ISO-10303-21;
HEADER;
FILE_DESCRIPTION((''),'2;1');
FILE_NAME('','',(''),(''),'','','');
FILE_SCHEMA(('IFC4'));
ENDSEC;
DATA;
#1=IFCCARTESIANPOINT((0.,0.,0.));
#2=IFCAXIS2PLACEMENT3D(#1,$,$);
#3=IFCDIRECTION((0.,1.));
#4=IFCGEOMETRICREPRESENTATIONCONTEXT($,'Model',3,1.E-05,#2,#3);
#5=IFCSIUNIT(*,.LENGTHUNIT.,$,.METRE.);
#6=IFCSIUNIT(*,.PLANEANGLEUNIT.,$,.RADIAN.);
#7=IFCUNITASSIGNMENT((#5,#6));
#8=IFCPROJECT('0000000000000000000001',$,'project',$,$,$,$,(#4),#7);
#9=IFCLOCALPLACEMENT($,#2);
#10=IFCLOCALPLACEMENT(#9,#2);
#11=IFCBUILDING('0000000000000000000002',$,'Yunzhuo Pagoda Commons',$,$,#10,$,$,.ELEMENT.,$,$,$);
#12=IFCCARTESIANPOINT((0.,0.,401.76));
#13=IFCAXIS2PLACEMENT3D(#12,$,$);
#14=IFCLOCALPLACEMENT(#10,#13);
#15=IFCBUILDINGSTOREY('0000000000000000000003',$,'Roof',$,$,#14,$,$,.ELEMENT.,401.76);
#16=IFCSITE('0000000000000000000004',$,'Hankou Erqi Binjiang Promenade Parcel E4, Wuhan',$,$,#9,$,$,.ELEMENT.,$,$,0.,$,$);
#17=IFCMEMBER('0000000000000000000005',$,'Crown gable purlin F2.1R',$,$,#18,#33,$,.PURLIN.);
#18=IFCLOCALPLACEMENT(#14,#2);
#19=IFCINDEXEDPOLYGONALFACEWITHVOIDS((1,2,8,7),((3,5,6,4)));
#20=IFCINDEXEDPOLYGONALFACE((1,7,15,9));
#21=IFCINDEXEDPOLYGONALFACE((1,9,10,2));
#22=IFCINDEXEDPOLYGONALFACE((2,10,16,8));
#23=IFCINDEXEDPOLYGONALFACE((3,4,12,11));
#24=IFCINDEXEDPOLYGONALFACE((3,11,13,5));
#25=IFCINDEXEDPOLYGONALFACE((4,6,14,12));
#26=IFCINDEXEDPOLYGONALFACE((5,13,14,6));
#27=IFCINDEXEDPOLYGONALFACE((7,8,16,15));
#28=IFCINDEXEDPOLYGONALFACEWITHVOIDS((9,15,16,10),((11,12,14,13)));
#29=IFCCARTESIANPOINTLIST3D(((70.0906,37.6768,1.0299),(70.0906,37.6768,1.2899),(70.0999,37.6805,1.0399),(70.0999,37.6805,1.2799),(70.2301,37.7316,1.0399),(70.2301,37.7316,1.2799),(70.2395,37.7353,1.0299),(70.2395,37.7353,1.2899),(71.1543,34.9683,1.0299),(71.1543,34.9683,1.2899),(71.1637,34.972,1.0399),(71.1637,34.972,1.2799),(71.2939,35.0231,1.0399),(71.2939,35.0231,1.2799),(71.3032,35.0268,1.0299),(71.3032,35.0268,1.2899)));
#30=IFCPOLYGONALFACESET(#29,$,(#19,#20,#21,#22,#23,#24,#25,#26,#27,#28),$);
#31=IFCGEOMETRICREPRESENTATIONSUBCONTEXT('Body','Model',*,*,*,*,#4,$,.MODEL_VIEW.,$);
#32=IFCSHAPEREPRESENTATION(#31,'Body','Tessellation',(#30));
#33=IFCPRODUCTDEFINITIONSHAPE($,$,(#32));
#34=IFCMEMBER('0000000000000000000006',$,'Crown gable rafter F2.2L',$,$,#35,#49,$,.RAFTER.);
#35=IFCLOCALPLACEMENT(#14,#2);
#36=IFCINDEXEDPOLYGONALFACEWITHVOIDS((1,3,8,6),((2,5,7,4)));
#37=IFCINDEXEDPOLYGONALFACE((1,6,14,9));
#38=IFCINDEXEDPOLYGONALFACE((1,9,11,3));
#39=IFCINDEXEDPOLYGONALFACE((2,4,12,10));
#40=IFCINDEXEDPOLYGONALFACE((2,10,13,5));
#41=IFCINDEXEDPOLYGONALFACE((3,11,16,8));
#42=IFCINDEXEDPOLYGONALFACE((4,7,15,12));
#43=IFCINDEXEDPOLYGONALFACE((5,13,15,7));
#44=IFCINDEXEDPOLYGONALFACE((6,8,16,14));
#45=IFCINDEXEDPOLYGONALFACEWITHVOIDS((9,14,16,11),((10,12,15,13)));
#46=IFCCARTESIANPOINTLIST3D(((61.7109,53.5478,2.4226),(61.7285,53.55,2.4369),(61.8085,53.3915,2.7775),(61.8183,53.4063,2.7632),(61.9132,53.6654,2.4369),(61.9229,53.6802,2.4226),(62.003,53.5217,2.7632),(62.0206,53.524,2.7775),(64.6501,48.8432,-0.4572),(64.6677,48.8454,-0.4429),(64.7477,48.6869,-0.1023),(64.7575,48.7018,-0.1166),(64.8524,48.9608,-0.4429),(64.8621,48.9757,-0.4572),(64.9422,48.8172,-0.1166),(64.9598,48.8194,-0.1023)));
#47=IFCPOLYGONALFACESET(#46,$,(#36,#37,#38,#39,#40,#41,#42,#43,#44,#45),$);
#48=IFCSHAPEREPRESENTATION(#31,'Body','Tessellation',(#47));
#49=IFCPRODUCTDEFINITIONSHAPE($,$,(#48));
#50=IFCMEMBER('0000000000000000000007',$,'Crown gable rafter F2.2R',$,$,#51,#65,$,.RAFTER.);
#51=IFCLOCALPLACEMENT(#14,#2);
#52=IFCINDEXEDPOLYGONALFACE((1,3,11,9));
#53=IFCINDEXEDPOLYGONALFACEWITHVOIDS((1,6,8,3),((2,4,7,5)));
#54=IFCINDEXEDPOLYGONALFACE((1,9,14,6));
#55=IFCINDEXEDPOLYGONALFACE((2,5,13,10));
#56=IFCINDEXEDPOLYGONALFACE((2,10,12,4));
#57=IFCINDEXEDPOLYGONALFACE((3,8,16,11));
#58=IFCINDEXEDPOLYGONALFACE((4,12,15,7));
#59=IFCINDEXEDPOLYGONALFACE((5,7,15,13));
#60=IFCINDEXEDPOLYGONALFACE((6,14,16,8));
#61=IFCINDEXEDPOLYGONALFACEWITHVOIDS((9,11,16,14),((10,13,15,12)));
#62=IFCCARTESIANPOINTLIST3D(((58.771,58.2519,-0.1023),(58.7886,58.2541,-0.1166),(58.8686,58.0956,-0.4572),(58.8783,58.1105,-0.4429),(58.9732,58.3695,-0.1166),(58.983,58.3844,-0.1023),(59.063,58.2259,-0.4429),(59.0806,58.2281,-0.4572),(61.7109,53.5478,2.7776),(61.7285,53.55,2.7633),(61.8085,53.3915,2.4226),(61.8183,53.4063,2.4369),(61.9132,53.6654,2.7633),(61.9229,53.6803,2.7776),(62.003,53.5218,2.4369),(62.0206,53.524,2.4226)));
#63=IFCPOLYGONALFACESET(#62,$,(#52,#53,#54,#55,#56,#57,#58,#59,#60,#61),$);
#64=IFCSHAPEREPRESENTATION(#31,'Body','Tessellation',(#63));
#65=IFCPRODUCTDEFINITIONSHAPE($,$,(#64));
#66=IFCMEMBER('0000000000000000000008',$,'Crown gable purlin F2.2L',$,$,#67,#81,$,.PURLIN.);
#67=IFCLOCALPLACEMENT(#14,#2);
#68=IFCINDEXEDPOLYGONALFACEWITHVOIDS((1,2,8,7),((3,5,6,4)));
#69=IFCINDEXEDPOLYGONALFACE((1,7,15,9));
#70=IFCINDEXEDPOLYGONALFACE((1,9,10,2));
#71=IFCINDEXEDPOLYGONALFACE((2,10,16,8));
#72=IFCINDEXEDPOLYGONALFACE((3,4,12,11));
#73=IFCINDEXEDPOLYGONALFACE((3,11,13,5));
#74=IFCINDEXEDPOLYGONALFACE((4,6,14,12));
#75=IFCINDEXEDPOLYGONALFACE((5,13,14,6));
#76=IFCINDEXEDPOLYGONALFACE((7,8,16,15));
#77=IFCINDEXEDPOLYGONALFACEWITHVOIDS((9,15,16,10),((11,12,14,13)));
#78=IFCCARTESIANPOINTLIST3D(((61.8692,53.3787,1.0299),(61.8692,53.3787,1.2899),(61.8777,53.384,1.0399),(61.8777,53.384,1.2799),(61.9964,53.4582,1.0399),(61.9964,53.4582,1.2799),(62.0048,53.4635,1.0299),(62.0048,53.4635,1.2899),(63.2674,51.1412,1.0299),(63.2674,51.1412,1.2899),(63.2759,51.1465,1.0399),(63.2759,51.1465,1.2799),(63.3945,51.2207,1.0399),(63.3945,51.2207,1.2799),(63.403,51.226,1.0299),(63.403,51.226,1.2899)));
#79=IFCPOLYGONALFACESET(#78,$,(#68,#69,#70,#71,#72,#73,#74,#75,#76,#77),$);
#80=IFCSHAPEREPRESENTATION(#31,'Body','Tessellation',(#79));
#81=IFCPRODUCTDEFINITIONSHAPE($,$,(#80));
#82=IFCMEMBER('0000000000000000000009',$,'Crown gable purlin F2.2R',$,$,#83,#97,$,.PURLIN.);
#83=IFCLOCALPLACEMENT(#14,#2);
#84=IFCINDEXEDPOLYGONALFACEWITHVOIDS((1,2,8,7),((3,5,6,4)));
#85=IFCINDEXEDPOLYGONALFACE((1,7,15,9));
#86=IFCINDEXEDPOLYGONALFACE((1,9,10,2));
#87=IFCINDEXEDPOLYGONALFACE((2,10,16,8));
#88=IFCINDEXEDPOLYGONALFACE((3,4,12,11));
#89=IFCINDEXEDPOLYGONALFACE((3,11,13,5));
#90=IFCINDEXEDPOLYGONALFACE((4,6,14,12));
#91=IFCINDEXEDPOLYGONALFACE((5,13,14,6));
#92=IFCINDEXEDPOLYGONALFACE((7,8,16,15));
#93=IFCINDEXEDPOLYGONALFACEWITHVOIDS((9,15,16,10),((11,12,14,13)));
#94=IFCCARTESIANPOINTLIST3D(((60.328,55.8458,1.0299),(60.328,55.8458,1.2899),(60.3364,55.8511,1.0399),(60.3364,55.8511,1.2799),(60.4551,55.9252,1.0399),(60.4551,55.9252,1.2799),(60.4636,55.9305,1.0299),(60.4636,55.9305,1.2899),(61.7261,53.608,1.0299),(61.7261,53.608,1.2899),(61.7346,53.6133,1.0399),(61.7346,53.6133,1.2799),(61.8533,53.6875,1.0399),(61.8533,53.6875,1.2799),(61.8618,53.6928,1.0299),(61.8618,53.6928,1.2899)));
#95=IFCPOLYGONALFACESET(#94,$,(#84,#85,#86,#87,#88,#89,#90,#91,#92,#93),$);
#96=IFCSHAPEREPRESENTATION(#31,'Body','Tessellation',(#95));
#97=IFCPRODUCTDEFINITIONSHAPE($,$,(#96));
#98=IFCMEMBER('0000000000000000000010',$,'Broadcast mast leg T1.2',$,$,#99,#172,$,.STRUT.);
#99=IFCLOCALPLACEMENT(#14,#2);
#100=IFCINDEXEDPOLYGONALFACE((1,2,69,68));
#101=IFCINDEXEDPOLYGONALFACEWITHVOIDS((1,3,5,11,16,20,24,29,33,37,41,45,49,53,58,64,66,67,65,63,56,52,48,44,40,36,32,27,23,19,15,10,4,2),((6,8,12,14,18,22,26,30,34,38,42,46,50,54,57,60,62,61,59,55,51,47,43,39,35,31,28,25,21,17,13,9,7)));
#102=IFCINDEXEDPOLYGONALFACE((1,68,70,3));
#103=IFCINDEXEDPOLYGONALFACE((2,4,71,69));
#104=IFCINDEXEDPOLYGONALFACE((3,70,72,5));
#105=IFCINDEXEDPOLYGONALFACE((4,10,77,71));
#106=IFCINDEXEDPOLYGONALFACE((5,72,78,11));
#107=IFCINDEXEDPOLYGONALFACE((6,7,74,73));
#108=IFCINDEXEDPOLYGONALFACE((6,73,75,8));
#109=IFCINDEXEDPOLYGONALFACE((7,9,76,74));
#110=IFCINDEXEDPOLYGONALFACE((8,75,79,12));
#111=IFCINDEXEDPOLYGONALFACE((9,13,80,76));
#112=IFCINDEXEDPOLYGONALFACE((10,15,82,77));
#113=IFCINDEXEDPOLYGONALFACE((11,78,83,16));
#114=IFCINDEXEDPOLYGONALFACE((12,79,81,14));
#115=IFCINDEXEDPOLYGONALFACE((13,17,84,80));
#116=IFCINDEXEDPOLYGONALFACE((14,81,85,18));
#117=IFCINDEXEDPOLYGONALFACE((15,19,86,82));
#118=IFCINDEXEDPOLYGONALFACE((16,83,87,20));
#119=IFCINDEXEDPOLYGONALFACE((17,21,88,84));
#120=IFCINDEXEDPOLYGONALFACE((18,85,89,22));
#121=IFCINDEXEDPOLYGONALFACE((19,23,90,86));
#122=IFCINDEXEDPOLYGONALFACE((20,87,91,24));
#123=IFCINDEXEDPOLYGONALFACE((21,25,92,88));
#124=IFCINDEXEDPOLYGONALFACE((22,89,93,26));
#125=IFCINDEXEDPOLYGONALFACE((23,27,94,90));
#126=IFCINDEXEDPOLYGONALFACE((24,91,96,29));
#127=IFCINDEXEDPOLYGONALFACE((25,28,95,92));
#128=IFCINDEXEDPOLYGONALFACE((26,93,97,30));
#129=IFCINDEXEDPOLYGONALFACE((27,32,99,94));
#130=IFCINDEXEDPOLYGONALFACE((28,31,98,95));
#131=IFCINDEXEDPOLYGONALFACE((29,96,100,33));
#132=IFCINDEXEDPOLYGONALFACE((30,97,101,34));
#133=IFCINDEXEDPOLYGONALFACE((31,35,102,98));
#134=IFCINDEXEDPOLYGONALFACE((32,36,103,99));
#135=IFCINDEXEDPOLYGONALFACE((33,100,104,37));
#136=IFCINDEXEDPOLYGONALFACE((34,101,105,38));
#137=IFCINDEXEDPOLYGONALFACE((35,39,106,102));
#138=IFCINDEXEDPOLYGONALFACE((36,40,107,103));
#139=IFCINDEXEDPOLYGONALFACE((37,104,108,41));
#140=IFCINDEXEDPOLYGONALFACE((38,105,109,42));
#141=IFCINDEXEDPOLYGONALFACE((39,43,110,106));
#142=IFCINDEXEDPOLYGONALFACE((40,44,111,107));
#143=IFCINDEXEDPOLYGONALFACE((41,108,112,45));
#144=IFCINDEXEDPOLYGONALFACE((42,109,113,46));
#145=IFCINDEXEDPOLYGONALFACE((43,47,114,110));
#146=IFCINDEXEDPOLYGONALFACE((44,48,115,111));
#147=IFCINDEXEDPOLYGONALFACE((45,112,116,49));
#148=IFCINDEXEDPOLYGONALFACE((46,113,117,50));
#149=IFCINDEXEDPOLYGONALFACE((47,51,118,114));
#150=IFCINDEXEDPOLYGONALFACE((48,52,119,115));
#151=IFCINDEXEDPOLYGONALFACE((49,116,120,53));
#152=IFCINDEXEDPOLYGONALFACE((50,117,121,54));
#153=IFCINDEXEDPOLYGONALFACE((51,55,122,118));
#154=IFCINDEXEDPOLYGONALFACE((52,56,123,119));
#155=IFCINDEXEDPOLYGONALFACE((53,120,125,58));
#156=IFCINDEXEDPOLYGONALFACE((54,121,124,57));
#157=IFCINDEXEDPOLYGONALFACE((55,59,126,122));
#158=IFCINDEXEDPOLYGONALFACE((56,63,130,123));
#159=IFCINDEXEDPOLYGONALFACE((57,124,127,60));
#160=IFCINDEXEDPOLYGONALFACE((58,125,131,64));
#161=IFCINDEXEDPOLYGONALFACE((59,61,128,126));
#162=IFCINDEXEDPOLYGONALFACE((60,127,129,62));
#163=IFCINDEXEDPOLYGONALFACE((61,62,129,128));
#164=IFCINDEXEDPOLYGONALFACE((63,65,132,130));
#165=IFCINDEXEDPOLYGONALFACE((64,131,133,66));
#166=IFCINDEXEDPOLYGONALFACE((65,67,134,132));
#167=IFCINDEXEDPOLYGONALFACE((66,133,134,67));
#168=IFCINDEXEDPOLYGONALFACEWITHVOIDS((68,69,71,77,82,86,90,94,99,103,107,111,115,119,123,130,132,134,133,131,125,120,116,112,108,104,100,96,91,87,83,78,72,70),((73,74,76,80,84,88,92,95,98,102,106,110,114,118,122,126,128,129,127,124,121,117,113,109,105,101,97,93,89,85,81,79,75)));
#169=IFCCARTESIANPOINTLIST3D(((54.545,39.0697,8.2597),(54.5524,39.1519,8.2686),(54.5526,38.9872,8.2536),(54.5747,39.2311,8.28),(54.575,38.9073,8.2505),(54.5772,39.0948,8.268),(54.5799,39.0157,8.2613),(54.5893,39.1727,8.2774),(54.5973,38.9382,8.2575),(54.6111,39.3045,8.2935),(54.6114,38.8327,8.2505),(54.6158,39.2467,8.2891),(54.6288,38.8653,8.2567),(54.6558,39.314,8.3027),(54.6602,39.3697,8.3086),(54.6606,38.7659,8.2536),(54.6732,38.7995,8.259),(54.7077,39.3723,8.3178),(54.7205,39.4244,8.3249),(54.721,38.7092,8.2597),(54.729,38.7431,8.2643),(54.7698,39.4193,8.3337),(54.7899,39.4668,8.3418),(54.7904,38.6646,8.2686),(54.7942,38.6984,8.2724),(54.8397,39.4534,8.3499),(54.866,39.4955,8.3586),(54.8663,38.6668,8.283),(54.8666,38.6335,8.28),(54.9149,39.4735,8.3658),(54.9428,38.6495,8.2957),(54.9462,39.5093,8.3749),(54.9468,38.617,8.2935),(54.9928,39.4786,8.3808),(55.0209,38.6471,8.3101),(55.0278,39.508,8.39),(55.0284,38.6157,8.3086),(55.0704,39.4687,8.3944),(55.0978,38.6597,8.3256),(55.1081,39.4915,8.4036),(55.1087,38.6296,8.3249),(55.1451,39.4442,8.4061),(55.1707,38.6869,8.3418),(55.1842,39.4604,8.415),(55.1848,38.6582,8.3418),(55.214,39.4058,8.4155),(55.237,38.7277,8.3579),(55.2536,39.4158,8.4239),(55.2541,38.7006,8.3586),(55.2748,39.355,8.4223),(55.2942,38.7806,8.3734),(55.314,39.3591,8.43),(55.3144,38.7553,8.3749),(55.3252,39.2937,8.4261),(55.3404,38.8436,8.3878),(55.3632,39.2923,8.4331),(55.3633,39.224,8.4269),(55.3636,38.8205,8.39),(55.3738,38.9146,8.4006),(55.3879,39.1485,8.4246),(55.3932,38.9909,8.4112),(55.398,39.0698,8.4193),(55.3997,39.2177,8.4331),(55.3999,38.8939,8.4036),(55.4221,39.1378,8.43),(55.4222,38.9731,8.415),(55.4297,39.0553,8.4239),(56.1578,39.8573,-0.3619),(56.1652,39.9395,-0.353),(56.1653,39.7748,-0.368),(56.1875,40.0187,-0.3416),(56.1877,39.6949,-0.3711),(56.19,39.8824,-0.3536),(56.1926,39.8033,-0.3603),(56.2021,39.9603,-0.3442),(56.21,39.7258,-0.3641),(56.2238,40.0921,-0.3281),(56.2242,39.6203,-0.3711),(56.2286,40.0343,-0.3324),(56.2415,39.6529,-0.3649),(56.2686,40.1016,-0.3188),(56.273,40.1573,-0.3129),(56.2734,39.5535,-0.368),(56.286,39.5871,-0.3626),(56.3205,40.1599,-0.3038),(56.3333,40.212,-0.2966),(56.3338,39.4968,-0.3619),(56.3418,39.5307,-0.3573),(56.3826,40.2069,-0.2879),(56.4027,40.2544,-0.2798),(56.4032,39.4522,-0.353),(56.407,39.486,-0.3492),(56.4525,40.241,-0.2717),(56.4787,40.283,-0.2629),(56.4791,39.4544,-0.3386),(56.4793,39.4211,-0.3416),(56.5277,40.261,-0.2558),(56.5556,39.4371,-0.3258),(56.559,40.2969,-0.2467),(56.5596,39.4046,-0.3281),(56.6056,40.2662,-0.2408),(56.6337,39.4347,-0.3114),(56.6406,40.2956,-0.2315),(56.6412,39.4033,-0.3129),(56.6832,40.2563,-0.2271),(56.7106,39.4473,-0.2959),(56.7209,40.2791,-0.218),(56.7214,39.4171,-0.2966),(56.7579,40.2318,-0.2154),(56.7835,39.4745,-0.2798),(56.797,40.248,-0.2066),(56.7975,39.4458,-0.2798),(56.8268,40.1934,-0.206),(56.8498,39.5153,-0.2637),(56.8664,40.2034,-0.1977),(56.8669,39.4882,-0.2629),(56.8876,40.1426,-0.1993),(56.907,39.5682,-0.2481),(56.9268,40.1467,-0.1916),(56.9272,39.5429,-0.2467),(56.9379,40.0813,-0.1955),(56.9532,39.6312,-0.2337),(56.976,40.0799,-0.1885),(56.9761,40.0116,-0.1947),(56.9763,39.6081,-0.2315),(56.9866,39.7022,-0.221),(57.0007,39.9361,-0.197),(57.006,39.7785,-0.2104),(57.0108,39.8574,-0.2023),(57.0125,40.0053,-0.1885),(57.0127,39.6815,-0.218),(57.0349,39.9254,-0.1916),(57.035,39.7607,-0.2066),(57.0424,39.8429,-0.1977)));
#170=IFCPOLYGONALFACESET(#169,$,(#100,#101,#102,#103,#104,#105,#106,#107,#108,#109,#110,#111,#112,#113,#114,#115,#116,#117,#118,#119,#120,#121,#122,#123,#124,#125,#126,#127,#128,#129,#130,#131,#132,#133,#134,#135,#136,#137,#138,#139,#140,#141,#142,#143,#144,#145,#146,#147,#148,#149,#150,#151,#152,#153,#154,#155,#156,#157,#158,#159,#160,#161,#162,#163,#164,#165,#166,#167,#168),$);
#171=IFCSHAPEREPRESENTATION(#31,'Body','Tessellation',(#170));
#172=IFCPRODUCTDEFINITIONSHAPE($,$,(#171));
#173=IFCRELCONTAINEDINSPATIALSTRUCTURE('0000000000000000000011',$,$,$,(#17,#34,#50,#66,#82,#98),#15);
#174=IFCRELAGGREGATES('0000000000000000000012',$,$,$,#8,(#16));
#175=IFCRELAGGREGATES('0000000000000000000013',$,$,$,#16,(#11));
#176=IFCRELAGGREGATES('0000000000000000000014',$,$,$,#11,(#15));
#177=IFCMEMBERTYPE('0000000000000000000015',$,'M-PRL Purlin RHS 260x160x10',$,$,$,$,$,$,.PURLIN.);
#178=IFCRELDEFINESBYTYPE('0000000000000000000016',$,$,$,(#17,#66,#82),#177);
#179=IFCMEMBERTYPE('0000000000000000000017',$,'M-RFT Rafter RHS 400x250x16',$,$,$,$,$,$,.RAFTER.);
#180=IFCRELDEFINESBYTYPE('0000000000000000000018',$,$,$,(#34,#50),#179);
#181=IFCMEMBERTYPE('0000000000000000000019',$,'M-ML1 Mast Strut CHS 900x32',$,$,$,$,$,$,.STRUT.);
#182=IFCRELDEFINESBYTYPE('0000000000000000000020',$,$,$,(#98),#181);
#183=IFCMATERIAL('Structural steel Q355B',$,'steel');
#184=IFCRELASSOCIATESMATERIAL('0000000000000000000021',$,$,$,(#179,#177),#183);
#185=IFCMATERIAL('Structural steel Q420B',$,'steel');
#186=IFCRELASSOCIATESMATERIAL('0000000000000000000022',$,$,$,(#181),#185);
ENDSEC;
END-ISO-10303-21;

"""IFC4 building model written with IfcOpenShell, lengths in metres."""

from ifc_helpers import new_model, si_unit, direction, frame, origin, origin_2d, place, context, subcontext, project, spatial, hollow_rectangle, hollow_circle, extrude, source, transform, mapped, material, material_profile, profile_set, type_object, element, save


model = new_model("IFC4")

# Units and contexts
model_context = context("Model", 3, precision=1e-05, world=origin(), true_north=direction((0.0, 1.0)))
body_context = subcontext(model_context, "Body", "Model", "MODEL_VIEW")
ifc_project = project(units=[si_unit("LENGTHUNIT", "METRE"), si_unit("PLANEANGLEUNIT", "RADIAN")], contexts=[model_context])

# Site, building, storey
site_placement = place(None, origin())
site = spatial("IfcSite", under=ifc_project, at=site_placement, Name="Hankou Erqi Binjiang Promenade Parcel E4, Wuhan", CompositionType="ELEMENT", RefElevation=0.0)
building_placement = place(site_placement, origin())
building = spatial("IfcBuilding", under=site, at=building_placement, Name="Yunzhuo Pagoda Commons", CompositionType="ELEMENT")
storey_placement = place(building_placement, frame((0.0, 0.0, 401.76)))
storey = spatial("IfcBuildingStorey", under=building, at=storey_placement, Name="Roof", CompositionType="ELEMENT", Elevation=401.76)

# Shared definitions
ifc_material_1 = material(Name="Structural steel Q355B", Category="steel")

# Members
ifc_material_profile_1 = material_profile(ifc_material_1, hollow_rectangle(XDim=0.25, YDim=0.3999, WallThickness=0.0161, at=origin_2d()), Name="Structural steel Q355B")
ifc_profile_set_1 = profile_set([ifc_material_profile_1], Name="Structural steel Q355B")
member_type_1 = type_object("IfcMemberType", Name="M-RFT Rafter RHS 400x250x16", PredefinedType="RAFTER", material=ifc_profile_set_1)
ifc_material_profile_2 = material_profile(ifc_material_1, hollow_rectangle(XDim=0.1599, YDim=0.26, WallThickness=0.01, at=origin_2d()), Name="Structural steel Q355B")
ifc_profile_set_2 = profile_set([ifc_material_profile_2], Name="Structural steel Q355B")
member_type_2 = type_object("IfcMemberType", Name="M-PRL Purlin RHS 260x160x10", PredefinedType="PURLIN", material=ifc_profile_set_2)
shared_shape_1 = source(origin(), body_context, "Body", "SweptSolid", [
    extrude(hollow_rectangle(XDim=0.1599, YDim=0.26, WallThickness=0.01, at=origin_2d()), origin(), (0.0, 0.0, 1.0), 2.9099),
])
member_1_placement = place(storey_placement, frame((71.2288, 34.9976, 1.1599), z_axis=(-0.365554, 0.93079, 0.0), x_axis=(-0.93079, -0.365554, 0.0)))
element("IfcMember", 1, at=member_1_placement, inside=storey, type_object=member_type_2, Name="Crown gable purlin F2.1R", PredefinedType="PURLIN", context=body_context, shape_type="MappedRepresentation", body=[
    mapped(shared_shape_1, transform((0.0, 0.0, 0.0), scale=1.0)),
])
shared_shape_2 = source(origin(), body_context, "Body", "SweptSolid", [
    extrude(hollow_rectangle(XDim=0.25, YDim=0.3999, WallThickness=0.0161, at=origin_2d()), origin(), (0.0, 0.0, 1.0), 6.2502),
])
for number, where, z_axis, x_axis, name in (
    (2, (64.8049, 48.8313, -0.2798), (-0.470253, 0.752702, 0.460762), (-0.848092, -0.529849, 0.0), "Crown gable rafter F2.2L"),
    (3, (58.9258, 58.24, -0.2798), (0.470372, -0.752627, 0.460763), (0.848008, 0.529983, 0.0), "Crown gable rafter F2.2R"),
):
    element("IfcMember", number, at=place(storey_placement, frame(where, z_axis=z_axis, x_axis=x_axis)), inside=storey, type_object=member_type_1, Name=name, PredefinedType="RAFTER", context=body_context, shape_type="MappedRepresentation", body=[
        mapped(shared_shape_2, transform((0.0, 0.0, 0.0), scale=1.0)),
    ])
shared_shape_3 = source(origin(), body_context, "Body", "SweptSolid", [
    extrude(hollow_rectangle(XDim=0.1599, YDim=0.26, WallThickness=0.01, at=origin_2d()), origin(), (0.0, 0.0, 1.0), 2.6384),
])
member_2_placement = place(storey_placement, frame((63.3352, 51.1836, 1.1599), z_axis=(-0.529924, 0.848045, 0.0), x_axis=(-0.848045, -0.529924, 0.0)))
element("IfcMember", 4, at=member_2_placement, inside=storey, type_object=member_type_2, Name="Crown gable purlin F2.2L", PredefinedType="PURLIN", context=body_context, shape_type="MappedRepresentation", body=[
    mapped(shared_shape_3, transform((0.0, 0.0, 0.0), scale=1.0)),
])
shared_shape_4 = source(origin(), body_context, "Body", "SweptSolid", [
    extrude(hollow_rectangle(XDim=0.1599, YDim=0.26, WallThickness=0.01, at=origin_2d()), origin(), (0.0, 0.0, 1.0), 2.6387),
])
member_3_placement = place(storey_placement, frame((61.7939, 53.6504, 1.1599), z_axis=(-0.529883, 0.848071, 0.0), x_axis=(-0.848071, -0.529883, 0.0)))
element("IfcMember", 5, at=member_3_placement, inside=storey, type_object=member_type_2, Name="Crown gable purlin F2.2R", PredefinedType="PURLIN", context=body_context, shape_type="MappedRepresentation", body=[
    mapped(shared_shape_4, transform((0.0, 0.0, 0.0), scale=1.0)),
])
ifc_material_2 = material(Name="Structural steel Q420B", Category="steel")
ifc_material_profile_3 = material_profile(ifc_material_2, hollow_circle(Radius=0.45, WallThickness=0.032, at=origin_2d()), Name="Structural steel Q420B")
ifc_profile_set_3 = profile_set([ifc_material_profile_3], Name="Structural steel Q420B")
member_type_3 = type_object("IfcMemberType", Name="M-ML1 Mast Strut CHS 900x32", PredefinedType="STRUT", material=ifc_profile_set_3)
shared_shape_5 = source(origin(), body_context, "Body", "SweptSolid", [
    extrude(hollow_circle(Radius=0.45, WallThickness=0.032, at=origin_2d()), origin(), (0.0, 0.0, 1.0), 8.8064),
])
member_4_placement = place(storey_placement, frame((56.6001, 39.8501, -0.2798), z_axis=(-0.183138, -0.089434, 0.979011), x_axis=(0.438815, -0.898577, 0.0)))
element("IfcMember", 6, at=member_4_placement, inside=storey, type_object=member_type_3, Name="Broadcast mast leg T1.2", PredefinedType="STRUT", context=body_context, shape_type="MappedRepresentation", body=[
    mapped(shared_shape_5, transform((0.0, 0.0, 0.0), scale=1.0)),
])

save(model, "model.ifc")
